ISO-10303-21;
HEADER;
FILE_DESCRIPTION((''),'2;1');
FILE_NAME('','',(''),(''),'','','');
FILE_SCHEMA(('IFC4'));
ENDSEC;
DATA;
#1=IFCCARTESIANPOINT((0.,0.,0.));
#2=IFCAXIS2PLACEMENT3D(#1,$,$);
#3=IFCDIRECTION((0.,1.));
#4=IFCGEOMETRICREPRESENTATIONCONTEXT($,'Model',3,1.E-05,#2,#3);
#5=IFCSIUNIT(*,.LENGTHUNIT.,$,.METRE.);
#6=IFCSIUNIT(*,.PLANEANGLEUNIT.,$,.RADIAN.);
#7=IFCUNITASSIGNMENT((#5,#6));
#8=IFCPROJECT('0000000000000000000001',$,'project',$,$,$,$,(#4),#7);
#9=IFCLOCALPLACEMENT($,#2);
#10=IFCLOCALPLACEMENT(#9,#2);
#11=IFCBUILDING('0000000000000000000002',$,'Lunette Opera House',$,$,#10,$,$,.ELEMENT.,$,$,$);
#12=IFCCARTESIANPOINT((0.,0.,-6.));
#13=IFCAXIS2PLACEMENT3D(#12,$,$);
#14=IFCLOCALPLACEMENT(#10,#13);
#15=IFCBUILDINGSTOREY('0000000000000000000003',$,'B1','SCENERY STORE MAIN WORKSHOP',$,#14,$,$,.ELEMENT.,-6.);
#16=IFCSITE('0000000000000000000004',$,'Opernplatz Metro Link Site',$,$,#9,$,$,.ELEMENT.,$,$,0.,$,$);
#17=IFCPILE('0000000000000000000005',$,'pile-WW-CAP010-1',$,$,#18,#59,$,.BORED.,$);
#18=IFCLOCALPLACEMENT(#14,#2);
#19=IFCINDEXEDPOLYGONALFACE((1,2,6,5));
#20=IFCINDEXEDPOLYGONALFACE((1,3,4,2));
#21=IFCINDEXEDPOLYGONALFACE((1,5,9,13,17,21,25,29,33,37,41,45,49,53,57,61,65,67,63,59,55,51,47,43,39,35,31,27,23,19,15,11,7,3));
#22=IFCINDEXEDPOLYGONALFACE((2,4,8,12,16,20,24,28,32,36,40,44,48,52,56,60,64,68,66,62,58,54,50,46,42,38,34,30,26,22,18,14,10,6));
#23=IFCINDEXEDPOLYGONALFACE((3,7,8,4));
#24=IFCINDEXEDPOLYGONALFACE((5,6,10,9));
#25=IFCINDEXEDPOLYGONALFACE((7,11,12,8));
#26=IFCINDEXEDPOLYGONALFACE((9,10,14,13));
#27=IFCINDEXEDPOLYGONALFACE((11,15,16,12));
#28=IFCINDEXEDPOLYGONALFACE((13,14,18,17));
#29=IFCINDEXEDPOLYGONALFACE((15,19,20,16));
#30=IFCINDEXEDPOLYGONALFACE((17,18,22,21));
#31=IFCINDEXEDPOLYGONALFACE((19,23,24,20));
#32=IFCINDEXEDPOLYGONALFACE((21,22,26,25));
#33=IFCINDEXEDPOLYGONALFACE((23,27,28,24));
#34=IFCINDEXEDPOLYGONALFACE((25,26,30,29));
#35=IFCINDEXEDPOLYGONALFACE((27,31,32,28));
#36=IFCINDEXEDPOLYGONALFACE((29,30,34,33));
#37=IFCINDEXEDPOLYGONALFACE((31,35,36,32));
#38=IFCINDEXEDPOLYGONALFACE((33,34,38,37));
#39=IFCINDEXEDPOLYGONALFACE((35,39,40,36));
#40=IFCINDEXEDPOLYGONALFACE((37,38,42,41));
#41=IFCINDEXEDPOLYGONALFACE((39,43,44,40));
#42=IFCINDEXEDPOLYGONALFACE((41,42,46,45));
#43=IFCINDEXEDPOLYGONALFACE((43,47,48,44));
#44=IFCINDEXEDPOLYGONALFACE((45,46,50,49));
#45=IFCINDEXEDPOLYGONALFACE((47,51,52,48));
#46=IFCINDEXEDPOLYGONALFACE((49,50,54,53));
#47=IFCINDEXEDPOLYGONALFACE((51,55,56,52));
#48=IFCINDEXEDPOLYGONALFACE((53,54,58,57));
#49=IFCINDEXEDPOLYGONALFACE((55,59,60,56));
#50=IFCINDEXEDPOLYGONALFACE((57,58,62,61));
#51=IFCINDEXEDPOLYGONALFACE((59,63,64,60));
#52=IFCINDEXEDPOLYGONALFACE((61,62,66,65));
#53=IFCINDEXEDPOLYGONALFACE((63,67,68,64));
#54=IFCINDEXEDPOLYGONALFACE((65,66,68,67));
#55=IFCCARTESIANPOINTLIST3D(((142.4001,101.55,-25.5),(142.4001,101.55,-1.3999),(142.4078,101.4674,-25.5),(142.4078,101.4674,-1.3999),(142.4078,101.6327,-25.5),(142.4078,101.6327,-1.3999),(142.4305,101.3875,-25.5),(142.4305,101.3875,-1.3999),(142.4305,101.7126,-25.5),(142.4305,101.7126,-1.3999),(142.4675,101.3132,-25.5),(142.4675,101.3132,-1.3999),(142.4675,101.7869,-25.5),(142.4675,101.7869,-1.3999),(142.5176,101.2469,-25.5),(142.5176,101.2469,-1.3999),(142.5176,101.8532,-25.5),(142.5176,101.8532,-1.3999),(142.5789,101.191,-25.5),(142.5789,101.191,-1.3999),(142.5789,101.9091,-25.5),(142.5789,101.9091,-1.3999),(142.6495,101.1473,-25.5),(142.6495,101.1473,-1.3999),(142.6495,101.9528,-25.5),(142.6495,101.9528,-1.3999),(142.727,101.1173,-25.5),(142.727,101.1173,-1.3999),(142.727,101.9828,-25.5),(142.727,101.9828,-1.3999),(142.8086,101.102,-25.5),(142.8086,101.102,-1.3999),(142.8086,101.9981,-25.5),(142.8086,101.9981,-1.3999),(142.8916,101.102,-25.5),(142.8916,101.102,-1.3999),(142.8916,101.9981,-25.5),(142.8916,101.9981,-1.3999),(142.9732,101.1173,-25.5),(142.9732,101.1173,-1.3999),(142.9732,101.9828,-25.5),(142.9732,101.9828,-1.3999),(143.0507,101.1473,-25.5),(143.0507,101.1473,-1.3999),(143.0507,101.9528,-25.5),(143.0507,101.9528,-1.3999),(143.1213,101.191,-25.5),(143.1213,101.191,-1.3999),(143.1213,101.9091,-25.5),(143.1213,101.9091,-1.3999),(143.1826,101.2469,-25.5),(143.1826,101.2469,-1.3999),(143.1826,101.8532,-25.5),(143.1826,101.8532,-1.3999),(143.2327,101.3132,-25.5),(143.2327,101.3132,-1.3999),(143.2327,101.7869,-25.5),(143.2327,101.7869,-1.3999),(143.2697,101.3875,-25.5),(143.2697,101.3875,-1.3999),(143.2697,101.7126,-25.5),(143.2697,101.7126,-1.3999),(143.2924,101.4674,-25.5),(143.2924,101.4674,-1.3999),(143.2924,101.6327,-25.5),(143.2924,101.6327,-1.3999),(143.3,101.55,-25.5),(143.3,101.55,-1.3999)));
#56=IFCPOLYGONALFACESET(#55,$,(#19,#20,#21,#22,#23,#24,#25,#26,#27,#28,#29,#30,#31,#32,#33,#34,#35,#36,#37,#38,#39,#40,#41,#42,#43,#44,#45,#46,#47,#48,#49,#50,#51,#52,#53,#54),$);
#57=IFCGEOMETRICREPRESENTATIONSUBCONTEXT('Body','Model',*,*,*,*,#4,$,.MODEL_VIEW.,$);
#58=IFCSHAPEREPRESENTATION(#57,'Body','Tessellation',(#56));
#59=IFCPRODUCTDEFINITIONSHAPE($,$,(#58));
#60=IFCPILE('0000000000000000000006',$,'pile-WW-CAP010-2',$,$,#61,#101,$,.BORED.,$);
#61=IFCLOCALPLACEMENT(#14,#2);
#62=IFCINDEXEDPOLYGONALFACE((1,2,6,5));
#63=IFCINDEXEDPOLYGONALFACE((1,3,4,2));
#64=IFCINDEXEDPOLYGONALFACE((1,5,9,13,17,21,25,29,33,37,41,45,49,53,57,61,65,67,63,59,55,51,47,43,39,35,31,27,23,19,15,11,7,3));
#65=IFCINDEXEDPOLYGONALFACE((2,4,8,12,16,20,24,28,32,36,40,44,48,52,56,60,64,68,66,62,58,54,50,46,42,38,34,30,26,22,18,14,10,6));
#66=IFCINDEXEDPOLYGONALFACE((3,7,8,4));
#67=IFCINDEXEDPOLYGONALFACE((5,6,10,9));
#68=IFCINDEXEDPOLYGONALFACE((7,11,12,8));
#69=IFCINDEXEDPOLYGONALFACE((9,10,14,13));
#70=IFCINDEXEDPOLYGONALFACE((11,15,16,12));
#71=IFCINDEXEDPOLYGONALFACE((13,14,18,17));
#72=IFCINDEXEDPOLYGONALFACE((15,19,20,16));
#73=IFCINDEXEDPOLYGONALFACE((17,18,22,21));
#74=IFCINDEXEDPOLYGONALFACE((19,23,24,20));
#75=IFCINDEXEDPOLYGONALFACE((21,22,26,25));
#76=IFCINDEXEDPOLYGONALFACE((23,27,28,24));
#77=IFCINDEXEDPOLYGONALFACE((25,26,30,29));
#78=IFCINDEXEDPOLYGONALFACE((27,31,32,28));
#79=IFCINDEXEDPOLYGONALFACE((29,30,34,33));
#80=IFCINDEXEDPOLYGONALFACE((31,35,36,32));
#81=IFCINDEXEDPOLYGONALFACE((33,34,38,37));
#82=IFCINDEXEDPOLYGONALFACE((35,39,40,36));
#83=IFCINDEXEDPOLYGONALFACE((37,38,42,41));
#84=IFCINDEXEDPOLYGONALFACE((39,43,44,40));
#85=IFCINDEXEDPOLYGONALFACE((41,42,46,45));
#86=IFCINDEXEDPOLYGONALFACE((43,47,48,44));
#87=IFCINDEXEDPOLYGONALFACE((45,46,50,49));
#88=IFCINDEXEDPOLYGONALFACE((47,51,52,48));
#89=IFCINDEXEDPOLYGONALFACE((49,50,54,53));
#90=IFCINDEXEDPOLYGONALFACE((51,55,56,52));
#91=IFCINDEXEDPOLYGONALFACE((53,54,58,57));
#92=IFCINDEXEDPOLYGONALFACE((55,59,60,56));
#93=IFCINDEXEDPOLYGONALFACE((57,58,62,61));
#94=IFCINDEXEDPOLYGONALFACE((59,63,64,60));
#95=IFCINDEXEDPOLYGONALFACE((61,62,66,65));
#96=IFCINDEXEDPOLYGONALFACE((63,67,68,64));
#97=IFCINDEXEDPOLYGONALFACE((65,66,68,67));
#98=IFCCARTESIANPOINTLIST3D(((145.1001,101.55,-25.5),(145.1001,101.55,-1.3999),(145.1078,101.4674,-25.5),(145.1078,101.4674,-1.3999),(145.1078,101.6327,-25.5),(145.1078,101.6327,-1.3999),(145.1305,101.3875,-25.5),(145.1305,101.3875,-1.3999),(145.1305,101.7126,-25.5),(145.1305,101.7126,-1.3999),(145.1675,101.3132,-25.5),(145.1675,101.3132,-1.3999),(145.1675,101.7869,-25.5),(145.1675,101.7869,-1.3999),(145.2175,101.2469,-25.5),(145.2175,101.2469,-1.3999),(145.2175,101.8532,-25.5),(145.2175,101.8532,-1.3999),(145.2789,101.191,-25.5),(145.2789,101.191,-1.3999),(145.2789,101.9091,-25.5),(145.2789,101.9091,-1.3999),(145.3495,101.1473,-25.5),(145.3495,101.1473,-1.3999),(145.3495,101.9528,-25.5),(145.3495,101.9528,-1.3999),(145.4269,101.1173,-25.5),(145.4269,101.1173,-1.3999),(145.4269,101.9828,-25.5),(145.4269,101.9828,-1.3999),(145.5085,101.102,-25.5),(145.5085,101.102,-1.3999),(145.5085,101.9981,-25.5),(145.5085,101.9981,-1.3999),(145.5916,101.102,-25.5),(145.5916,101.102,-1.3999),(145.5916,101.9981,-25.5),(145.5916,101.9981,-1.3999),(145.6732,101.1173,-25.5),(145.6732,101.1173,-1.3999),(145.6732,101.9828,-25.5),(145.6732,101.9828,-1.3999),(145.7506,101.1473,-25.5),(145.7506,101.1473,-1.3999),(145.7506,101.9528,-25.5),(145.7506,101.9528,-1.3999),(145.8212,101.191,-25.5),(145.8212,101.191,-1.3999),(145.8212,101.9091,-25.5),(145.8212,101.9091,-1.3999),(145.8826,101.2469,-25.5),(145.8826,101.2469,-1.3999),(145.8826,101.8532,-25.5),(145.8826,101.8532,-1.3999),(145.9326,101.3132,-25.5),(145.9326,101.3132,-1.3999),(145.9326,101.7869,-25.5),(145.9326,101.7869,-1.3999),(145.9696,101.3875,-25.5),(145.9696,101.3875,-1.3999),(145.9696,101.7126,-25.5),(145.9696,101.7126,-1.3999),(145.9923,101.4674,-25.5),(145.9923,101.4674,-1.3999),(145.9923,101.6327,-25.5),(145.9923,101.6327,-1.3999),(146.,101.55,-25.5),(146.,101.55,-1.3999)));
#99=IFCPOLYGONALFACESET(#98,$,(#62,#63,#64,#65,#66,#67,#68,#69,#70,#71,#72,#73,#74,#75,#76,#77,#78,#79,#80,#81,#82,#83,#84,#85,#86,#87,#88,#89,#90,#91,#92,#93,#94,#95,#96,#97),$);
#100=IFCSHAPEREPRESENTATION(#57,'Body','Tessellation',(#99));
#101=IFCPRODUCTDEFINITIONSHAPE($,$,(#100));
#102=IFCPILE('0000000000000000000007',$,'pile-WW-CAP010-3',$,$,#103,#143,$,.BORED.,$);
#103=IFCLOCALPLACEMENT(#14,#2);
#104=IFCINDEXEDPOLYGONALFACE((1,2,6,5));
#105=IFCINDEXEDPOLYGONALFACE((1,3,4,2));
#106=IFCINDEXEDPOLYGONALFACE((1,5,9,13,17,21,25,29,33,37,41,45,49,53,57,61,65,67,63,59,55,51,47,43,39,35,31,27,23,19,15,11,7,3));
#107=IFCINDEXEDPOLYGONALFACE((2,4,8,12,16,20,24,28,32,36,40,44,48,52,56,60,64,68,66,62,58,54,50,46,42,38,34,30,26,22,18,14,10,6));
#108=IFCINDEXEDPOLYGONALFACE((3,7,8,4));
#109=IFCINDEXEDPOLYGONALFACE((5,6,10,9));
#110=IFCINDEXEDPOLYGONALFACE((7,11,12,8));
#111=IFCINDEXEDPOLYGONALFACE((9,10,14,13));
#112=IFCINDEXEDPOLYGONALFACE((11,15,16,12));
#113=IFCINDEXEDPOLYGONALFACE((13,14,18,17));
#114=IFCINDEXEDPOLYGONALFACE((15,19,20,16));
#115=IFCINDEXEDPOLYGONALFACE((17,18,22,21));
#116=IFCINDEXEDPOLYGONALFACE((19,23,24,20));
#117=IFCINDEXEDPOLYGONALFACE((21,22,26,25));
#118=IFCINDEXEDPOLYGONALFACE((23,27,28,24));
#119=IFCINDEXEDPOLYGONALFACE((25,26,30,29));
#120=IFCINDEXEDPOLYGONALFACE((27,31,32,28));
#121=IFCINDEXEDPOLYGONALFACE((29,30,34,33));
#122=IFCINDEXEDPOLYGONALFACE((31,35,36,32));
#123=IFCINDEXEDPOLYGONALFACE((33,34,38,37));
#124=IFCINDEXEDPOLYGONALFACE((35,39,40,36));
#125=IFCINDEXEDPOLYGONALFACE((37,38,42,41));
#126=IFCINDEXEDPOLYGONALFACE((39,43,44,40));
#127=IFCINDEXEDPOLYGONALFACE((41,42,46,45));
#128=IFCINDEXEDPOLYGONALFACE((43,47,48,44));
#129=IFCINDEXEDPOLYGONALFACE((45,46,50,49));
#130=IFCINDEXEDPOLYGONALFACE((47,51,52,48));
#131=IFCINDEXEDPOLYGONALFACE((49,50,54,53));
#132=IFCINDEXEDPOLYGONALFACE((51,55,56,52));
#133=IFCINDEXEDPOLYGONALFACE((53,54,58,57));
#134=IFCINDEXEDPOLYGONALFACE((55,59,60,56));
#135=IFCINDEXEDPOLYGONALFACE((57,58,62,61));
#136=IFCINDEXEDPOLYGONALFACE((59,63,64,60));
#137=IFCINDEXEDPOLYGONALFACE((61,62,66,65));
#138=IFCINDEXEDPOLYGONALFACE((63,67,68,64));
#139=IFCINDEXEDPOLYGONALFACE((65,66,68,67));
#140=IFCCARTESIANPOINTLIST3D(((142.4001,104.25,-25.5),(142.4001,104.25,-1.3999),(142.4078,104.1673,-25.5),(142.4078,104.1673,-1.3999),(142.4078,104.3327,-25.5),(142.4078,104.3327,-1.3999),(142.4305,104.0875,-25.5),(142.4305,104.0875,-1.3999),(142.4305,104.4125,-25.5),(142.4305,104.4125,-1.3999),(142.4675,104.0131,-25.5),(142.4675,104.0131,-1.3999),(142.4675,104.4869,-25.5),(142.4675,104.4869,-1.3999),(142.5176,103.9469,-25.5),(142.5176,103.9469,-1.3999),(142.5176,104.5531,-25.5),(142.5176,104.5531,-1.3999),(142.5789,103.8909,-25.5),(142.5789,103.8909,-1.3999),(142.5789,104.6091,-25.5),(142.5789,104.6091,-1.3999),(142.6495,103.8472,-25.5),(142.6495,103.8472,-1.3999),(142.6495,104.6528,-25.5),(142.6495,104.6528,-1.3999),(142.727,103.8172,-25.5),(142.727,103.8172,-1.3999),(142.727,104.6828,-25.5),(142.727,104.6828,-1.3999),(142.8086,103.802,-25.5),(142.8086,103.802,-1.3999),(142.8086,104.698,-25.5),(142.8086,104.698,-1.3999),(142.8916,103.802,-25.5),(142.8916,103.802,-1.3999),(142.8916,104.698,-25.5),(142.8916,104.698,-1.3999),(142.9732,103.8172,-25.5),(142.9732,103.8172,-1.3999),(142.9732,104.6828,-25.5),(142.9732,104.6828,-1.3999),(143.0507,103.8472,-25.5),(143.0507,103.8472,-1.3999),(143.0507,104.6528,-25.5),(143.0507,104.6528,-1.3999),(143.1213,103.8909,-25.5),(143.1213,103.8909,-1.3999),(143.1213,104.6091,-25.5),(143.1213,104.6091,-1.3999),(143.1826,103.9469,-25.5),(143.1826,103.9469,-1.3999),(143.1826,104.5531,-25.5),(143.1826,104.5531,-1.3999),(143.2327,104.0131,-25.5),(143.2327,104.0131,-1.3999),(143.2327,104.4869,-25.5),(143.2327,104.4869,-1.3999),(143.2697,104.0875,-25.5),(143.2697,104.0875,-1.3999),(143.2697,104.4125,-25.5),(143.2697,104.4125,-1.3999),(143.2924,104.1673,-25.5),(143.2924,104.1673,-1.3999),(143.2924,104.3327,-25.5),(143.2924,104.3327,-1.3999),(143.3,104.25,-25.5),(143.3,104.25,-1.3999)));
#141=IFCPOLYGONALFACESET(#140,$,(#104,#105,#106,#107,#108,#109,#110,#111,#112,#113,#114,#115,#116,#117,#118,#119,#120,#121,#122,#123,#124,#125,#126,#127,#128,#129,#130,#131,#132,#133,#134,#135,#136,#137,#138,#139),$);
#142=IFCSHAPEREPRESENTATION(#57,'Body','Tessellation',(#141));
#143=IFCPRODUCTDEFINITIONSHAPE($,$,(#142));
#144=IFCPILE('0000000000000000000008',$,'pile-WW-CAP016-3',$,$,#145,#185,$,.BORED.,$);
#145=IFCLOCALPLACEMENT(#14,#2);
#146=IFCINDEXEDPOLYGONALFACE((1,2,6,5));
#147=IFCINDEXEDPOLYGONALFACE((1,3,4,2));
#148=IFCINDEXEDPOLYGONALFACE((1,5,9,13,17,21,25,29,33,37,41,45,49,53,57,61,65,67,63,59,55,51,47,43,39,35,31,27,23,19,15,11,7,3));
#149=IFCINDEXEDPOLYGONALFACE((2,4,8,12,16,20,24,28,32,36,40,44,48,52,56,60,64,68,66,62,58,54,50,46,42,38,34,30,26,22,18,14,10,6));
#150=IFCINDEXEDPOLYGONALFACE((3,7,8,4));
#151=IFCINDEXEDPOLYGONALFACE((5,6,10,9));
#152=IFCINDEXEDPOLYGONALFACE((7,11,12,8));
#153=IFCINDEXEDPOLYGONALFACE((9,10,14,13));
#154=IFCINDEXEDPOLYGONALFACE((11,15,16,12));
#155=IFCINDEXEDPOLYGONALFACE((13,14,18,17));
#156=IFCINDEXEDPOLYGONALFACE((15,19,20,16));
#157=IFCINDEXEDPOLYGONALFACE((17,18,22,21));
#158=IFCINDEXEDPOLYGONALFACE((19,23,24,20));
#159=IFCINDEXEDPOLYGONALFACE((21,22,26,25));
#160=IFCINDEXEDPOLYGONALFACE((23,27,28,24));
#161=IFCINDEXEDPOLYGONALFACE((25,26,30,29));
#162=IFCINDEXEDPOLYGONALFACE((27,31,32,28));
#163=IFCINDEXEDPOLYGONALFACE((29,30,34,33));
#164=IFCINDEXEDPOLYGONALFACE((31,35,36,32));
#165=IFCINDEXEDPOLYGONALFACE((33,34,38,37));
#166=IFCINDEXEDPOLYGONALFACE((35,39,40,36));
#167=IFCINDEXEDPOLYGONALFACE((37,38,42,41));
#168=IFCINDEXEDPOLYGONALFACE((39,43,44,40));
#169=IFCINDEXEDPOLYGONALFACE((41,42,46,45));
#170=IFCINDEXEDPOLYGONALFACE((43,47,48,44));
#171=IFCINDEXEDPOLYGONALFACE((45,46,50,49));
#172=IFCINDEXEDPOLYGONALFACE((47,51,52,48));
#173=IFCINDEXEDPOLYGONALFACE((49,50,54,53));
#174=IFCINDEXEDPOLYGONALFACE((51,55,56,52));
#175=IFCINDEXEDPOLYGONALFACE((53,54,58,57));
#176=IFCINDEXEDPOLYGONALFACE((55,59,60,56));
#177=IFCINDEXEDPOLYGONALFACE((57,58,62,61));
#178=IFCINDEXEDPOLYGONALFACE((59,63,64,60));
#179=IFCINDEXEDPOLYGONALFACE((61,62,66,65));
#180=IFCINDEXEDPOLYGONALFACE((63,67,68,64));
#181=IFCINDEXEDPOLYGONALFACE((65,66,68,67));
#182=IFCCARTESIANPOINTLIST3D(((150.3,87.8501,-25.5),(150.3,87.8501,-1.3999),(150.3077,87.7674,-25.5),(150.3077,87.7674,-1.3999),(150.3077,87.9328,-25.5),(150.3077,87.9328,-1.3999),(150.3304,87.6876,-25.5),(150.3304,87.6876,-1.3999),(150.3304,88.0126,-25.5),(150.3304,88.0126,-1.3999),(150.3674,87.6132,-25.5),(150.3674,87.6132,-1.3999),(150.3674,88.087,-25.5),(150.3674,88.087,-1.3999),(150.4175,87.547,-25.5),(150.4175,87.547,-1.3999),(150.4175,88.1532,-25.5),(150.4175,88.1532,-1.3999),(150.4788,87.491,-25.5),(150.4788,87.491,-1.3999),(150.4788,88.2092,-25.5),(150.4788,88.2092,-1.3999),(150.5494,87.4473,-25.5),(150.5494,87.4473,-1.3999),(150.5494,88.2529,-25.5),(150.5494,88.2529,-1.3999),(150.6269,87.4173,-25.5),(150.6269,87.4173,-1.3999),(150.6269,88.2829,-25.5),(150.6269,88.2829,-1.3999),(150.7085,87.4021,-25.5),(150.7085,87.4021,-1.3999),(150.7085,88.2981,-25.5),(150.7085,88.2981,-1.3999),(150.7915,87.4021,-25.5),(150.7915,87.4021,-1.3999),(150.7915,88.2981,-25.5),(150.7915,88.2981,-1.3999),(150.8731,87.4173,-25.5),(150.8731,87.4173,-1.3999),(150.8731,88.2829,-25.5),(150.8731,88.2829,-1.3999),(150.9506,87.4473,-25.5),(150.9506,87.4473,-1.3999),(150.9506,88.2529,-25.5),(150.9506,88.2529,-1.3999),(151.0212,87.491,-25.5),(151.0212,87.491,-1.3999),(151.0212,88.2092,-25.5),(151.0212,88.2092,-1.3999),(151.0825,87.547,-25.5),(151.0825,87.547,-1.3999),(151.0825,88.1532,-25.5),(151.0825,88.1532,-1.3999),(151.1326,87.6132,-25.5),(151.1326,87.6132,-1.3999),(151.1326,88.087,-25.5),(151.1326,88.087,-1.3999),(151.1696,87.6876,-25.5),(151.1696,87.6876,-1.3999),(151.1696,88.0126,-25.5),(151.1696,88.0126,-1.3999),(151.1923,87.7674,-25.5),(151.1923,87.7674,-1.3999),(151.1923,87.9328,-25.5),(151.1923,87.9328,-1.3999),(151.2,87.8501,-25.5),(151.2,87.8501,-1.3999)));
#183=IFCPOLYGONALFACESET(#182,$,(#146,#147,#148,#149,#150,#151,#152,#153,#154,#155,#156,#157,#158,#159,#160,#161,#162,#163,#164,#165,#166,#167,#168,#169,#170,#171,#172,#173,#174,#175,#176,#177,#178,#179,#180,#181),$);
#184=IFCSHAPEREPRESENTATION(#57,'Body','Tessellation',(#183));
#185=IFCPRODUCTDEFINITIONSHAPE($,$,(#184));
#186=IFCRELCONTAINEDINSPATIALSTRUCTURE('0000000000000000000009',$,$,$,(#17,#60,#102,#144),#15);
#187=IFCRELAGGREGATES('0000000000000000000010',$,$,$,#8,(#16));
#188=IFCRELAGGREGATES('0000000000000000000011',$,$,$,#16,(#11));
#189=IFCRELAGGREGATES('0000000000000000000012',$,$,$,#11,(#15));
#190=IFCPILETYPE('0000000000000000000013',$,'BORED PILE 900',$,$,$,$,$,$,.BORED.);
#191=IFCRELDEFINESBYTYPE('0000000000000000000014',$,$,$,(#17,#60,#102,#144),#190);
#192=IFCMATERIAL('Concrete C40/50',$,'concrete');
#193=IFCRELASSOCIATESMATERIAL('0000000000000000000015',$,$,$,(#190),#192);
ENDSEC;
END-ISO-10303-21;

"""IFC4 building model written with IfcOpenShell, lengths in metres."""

from ifc_helpers import new_model, si_unit, direction, frame, origin, origin_2d, place, context, subcontext, project, spatial, circle, extrude, material, material_profile, profile_set, type_object, element, save


model = new_model("IFC4")

# Units and contexts
model_context = context("Model", 3, precision=1e-05, world=origin(), true_north=direction((0.0, 1.0)))
body_context = subcontext(model_context, "Body", "Model", "MODEL_VIEW")
ifc_project = project(units=[si_unit("LENGTHUNIT", "METRE"), si_unit("PLANEANGLEUNIT", "RADIAN")], contexts=[model_context])

# Site, building, storey
site_placement = place(None, origin())
site = spatial("IfcSite", under=ifc_project, at=site_placement, Name="Opernplatz Metro Link Site", CompositionType="ELEMENT", RefElevation=0.0)
building_placement = place(site_placement, origin())
building = spatial("IfcBuilding", under=site, at=building_placement, Name="Lunette Opera House", CompositionType="ELEMENT")
storey_placement = place(building_placement, frame((0.0, 0.0, -6.0)))
storey = spatial("IfcBuildingStorey", under=building, at=storey_placement, Name="B1", Description="SCENERY STORE MAIN WORKSHOP", CompositionType="ELEMENT", Elevation=-6.0)

# Piles
ifc_material_1 = material(Name="Concrete C40/50", Category="concrete")
ifc_material_profile_1 = material_profile(ifc_material_1, circle(Radius=0.45, at=origin_2d()), Name="BORED PILE 900")
ifc_profile_set_1 = profile_set([ifc_material_profile_1], Name="Concrete C40/50")
pile_type = type_object("IfcPileType", Name="BORED PILE 900", PredefinedType="BORED", material=ifc_profile_set_1)
for number, where, z_axis, x_axis, name in (
    (1, (142.8501, 101.55, -1.3999), (0.0, 0.0, -1.0), (1.0, 0.0, 0.0), "pile-WW-CAP010-1"),
    (2, (145.55, 101.55, -1.3999), (0.0, 0.0, -1.0), (1.0, 0.0, 0.0), "pile-WW-CAP010-2"),
    (3, (142.8501, 104.25, -1.3999), (0.0, 0.0, -1.0), (1.0, 0.0, 0.0), "pile-WW-CAP010-3"),
    (4, (150.75, 87.8501, -1.3999), (0.0, 0.0, -1.0), (1.0, 0.0, 0.0), "pile-WW-CAP016-3"),
):
    element("IfcPile", number, at=place(storey_placement, frame(where, z_axis=z_axis, x_axis=x_axis)), inside=storey, type_object=pile_type, Name=name, PredefinedType="BORED", context=body_context, shape_type="SweptSolid", body=[
        extrude(circle(Radius=0.45, at=origin_2d()), origin(), (0.0, 0.0, 1.0), 24.1001),
    ])

save(model, "model.ifc")
